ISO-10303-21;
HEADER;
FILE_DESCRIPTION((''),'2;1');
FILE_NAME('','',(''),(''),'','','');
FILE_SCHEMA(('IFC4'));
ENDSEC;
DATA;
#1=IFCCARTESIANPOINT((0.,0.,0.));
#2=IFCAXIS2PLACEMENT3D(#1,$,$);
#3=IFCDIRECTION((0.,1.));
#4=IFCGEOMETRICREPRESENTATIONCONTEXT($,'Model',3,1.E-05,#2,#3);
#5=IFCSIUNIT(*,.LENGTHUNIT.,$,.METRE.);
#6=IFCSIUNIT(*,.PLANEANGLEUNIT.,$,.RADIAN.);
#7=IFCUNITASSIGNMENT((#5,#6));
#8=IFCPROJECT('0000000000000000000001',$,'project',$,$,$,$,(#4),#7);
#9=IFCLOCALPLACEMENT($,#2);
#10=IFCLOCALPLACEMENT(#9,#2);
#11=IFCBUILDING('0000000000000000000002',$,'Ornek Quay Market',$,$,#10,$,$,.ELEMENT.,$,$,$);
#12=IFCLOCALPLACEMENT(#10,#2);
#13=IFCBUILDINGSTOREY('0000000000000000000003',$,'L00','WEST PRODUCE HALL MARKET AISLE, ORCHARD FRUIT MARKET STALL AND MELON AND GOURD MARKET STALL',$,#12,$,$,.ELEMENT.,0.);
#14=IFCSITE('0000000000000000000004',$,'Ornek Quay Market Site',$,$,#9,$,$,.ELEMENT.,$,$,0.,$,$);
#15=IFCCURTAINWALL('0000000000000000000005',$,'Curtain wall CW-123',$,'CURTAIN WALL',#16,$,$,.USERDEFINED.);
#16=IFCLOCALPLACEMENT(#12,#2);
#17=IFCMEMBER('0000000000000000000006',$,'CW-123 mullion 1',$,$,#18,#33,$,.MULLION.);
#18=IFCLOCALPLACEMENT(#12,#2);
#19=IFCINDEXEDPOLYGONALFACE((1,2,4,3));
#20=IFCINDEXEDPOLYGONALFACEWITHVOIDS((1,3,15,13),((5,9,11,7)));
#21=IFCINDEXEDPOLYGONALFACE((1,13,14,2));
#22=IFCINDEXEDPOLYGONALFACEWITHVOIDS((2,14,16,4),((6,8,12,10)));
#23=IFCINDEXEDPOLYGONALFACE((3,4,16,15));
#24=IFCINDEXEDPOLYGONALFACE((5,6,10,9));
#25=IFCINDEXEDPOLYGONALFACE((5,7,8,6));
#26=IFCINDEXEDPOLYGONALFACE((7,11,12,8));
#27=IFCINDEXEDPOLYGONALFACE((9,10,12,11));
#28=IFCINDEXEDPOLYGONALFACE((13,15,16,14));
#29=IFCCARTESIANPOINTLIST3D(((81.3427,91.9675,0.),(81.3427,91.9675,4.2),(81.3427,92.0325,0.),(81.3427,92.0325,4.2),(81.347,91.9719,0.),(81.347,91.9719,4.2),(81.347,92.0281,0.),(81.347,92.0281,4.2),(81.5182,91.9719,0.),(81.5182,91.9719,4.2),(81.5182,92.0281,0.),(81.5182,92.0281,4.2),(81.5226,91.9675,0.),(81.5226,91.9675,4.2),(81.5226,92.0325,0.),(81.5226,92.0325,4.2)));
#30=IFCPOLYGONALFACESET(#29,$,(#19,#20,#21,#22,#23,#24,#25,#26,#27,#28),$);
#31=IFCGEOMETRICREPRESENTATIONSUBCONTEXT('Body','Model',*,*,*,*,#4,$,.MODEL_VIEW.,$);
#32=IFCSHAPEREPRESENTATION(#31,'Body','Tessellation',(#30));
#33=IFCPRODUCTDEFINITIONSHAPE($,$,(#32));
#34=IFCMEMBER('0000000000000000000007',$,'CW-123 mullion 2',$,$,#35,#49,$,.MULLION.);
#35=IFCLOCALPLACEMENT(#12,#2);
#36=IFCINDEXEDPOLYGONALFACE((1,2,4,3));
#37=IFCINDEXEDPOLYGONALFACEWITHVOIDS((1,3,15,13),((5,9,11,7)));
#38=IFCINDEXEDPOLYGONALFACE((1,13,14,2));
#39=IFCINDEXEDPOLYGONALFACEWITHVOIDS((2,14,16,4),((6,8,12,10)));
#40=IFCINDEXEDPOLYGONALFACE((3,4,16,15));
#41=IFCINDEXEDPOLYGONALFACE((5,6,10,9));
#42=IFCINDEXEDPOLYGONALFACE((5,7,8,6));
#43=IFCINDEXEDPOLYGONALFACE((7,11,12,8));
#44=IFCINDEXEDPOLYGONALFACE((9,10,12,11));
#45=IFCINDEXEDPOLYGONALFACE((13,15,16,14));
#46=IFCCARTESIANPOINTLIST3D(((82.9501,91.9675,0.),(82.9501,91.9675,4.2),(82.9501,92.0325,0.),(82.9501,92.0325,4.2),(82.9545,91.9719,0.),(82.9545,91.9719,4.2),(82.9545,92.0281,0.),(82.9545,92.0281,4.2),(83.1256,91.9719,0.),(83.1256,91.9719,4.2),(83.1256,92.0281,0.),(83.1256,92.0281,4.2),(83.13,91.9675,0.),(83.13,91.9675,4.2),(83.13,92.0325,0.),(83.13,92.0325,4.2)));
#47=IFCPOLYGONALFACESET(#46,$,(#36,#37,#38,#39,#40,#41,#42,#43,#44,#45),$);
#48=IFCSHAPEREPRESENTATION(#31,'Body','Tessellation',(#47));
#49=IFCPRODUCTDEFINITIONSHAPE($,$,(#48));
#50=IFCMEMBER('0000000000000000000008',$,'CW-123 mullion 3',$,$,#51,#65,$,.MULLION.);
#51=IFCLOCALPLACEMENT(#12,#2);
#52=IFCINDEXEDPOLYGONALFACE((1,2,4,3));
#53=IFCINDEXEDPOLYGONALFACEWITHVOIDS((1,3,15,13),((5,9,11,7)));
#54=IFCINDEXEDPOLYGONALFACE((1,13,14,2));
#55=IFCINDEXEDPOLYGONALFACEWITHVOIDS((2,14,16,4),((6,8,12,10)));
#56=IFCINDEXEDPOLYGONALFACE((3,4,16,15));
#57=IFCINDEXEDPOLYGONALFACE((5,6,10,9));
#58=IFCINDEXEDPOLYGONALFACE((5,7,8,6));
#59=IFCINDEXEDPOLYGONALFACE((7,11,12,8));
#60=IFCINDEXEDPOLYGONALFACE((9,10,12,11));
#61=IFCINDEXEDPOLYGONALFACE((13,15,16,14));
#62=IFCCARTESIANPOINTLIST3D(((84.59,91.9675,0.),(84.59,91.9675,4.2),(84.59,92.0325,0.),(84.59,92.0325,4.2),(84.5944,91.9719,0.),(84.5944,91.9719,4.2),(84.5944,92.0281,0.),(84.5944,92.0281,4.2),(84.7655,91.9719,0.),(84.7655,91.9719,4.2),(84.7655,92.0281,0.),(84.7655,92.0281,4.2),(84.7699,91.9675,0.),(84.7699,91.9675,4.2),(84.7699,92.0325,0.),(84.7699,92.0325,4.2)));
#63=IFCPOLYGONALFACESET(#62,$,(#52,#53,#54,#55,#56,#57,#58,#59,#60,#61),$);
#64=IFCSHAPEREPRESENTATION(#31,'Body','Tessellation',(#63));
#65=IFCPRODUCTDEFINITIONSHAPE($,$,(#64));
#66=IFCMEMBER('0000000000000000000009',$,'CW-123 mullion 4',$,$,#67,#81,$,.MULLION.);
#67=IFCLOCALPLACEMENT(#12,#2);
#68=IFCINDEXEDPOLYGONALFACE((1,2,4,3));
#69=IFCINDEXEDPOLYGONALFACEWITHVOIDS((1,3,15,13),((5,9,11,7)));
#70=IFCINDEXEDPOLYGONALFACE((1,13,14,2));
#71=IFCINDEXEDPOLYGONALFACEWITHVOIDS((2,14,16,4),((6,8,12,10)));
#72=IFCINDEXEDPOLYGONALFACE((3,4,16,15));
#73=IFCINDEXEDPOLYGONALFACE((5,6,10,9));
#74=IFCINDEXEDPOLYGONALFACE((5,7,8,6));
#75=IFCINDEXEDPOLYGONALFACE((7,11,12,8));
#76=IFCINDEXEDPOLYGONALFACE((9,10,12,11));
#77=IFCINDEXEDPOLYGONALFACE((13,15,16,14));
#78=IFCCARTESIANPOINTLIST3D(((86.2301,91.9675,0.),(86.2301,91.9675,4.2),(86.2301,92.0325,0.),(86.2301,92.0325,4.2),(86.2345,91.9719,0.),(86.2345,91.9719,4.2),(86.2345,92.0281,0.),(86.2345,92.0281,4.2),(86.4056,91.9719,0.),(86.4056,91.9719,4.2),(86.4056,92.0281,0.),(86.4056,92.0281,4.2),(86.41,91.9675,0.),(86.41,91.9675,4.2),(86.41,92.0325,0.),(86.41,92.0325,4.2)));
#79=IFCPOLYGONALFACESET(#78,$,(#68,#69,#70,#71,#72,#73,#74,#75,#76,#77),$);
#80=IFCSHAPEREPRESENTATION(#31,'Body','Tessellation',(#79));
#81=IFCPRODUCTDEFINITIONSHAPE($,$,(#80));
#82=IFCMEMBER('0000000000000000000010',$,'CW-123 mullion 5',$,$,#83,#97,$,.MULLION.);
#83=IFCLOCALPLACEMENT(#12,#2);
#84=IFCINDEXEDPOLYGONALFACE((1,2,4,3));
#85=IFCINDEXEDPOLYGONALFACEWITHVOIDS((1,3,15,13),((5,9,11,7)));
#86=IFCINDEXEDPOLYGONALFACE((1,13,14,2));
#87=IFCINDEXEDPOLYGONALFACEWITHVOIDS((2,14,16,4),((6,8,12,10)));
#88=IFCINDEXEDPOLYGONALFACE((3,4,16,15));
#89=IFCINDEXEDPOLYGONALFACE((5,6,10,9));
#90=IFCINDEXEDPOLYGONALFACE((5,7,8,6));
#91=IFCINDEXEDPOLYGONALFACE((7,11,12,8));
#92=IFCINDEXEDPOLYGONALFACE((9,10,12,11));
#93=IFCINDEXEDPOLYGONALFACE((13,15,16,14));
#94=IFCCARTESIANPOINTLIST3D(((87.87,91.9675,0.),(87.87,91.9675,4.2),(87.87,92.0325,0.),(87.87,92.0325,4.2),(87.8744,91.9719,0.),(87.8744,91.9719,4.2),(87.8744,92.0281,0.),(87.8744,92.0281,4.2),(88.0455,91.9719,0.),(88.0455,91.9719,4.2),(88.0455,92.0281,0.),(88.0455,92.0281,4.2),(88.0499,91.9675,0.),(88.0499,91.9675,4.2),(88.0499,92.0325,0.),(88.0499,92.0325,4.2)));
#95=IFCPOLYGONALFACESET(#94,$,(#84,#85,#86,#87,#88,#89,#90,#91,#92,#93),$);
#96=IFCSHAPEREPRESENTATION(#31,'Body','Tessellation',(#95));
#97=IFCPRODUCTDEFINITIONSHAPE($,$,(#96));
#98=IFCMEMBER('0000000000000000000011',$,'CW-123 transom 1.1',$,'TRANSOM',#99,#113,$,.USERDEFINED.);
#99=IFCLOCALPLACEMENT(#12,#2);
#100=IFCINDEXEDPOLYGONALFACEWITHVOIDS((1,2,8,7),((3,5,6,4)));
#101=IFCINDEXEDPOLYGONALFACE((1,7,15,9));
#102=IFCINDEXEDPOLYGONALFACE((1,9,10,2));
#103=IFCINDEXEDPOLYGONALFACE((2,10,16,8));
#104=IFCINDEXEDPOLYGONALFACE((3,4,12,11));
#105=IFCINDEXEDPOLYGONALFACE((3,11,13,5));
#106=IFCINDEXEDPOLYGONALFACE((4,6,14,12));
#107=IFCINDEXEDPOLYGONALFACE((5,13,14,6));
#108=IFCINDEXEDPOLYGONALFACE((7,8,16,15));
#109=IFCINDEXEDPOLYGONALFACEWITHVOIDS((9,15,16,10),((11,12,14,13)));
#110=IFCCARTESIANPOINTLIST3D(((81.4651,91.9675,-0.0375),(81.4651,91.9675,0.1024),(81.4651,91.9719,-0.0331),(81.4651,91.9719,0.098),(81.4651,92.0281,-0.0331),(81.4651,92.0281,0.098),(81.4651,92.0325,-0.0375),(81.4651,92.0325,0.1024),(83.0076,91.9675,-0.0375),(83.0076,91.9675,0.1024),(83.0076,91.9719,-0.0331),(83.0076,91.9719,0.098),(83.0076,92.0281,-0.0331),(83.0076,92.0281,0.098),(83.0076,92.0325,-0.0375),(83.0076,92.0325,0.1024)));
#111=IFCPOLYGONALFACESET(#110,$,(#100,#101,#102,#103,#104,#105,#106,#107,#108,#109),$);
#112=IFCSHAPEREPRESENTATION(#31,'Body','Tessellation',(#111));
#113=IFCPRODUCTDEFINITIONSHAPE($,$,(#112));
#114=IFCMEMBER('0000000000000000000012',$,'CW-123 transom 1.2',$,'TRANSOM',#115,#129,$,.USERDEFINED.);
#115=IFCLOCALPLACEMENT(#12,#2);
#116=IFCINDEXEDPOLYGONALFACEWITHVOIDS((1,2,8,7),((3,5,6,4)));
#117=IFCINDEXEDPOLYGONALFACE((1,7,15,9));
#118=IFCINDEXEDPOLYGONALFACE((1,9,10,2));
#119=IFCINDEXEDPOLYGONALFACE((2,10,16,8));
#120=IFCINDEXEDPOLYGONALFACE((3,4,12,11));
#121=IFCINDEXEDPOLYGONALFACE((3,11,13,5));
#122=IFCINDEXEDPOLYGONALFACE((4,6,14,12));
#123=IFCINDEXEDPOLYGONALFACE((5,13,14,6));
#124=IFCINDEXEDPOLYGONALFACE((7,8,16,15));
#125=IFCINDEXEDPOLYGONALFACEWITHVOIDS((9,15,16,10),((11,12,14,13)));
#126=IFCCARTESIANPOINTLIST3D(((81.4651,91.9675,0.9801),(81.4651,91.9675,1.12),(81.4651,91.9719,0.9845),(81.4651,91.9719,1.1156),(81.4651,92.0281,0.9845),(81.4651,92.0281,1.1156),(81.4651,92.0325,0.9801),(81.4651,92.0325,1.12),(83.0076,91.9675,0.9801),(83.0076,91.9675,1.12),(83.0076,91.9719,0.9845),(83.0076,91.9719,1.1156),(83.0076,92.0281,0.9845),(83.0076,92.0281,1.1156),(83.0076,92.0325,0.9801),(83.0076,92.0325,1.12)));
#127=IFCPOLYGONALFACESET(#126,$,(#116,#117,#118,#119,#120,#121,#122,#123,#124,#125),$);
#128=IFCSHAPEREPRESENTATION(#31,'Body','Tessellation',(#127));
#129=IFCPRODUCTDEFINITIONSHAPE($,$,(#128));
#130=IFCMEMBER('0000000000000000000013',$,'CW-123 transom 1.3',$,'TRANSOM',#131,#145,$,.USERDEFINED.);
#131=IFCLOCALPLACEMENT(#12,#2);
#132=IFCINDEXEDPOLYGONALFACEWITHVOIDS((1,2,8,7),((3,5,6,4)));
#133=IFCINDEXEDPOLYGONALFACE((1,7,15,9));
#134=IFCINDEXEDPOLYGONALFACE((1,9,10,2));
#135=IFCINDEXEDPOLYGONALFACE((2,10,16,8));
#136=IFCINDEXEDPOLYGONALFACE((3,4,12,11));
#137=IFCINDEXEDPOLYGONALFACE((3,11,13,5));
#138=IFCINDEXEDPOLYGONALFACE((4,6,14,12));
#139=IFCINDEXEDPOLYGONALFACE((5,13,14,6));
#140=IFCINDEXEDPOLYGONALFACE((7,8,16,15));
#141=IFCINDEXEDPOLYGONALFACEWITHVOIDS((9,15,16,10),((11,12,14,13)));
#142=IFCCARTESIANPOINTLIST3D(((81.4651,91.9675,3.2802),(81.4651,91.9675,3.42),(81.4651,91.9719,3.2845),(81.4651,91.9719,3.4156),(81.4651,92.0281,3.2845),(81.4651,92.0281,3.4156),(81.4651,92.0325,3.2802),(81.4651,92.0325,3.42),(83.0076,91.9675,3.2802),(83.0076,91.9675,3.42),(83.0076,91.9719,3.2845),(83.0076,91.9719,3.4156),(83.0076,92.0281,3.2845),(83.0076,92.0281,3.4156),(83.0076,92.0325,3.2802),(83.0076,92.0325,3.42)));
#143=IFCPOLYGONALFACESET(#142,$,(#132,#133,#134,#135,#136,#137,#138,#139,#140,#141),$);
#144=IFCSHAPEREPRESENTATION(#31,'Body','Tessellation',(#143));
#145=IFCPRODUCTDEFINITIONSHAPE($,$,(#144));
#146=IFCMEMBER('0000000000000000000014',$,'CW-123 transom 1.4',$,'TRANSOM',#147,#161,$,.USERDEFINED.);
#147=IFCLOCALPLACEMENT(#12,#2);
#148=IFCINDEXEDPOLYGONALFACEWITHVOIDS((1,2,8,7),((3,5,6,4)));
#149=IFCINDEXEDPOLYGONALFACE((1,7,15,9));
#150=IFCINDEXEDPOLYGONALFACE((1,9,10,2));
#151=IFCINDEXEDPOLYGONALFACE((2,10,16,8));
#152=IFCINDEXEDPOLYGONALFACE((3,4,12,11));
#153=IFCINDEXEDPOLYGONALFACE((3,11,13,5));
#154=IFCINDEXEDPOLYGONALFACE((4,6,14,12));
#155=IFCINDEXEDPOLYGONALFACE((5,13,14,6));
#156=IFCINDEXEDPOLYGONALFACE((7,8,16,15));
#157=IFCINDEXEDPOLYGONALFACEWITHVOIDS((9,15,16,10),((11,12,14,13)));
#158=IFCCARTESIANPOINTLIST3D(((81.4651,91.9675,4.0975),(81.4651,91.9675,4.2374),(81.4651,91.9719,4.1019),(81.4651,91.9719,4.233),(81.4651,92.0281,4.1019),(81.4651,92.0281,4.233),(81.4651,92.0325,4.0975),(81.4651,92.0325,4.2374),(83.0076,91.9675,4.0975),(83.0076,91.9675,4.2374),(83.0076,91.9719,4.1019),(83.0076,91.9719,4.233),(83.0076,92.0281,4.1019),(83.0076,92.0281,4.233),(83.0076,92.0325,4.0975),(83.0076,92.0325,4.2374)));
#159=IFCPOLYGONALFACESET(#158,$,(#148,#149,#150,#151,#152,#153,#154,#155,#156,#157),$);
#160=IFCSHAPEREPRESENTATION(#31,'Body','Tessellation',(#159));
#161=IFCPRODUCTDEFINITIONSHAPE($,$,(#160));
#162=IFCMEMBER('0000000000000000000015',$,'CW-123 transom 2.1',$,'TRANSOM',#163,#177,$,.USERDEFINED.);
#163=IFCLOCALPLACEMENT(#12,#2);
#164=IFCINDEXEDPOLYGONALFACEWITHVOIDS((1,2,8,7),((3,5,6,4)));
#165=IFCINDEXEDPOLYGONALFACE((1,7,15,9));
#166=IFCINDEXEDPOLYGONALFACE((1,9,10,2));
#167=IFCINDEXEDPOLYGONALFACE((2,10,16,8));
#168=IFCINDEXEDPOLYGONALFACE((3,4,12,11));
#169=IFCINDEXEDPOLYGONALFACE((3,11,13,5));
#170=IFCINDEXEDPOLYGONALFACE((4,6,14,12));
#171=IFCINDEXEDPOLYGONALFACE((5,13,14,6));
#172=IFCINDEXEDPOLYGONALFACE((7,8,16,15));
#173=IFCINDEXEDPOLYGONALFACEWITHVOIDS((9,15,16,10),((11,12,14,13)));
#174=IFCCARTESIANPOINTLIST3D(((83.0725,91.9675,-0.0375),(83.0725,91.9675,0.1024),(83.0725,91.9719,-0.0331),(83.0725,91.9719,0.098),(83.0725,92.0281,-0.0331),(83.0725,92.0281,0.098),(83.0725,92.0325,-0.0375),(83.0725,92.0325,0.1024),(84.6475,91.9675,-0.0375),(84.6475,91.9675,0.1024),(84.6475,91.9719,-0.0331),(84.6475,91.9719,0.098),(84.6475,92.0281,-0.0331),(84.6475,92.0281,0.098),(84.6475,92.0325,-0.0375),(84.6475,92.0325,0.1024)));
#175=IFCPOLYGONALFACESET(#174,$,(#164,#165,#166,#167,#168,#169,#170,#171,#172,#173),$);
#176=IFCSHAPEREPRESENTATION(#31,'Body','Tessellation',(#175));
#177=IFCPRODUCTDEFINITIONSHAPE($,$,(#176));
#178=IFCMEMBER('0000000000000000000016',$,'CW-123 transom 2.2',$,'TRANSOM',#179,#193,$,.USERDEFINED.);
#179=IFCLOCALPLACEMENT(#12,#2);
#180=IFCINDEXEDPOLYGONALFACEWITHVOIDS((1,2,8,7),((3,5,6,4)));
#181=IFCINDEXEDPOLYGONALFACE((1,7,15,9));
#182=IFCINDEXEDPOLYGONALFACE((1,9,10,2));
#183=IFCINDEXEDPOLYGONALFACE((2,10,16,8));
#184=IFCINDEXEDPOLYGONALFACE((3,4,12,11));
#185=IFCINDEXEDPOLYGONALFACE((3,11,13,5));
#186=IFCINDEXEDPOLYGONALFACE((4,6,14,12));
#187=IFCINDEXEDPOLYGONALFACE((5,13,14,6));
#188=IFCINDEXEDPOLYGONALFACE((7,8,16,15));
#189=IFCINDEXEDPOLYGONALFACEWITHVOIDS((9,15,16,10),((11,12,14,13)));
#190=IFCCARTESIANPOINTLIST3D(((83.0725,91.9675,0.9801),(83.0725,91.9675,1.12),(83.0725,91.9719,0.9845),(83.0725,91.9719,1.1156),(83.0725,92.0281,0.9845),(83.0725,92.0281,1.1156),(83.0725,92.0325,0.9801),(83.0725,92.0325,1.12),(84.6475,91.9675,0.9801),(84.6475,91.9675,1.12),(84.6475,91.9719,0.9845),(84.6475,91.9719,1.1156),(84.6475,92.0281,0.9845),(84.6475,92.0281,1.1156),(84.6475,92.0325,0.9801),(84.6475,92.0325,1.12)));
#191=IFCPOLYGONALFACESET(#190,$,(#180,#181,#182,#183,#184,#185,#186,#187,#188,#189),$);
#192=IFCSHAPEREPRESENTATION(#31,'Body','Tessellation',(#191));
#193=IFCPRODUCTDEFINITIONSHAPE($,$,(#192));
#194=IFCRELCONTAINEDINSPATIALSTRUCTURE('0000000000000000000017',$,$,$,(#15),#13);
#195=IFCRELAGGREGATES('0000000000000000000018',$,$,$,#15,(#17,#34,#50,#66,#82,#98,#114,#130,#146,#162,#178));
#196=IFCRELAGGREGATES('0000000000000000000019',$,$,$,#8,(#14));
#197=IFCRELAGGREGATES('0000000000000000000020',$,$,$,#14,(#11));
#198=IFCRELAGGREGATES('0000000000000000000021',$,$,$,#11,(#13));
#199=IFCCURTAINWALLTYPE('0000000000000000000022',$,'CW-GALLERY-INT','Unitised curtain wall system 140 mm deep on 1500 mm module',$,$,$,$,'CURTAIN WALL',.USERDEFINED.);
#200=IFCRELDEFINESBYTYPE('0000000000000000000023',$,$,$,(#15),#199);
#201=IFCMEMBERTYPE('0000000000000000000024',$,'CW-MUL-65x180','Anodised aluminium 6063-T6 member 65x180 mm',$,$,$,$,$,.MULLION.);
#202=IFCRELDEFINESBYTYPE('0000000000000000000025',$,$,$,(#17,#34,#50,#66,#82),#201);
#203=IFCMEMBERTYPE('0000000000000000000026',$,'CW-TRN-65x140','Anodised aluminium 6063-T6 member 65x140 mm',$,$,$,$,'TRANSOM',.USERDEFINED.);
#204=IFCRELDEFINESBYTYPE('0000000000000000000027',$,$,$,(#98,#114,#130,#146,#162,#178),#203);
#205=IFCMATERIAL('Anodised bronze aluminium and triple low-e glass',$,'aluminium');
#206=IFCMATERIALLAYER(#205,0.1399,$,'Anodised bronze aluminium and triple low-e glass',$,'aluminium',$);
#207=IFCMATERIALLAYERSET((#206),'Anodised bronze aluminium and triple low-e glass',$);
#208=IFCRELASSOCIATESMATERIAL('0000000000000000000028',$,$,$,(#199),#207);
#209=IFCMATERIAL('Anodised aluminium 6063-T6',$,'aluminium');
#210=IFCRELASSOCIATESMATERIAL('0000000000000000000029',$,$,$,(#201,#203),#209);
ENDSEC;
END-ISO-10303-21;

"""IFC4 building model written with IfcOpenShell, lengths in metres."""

from ifc_helpers import new_model, si_unit, direction, frame, origin, origin_2d, place, context, subcontext, project, spatial, hollow_rectangle, extrude, material, layer, layer_set, material_profile, profile_set, type_object, element, aggregate, save


model = new_model("IFC4")

# Units and contexts
model_context = context("Model", 3, precision=1e-05, world=origin(), true_north=direction((0.0, 1.0)))
body_context = subcontext(model_context, "Body", "Model", "MODEL_VIEW")
ifc_project = project(units=[si_unit("LENGTHUNIT", "METRE"), si_unit("PLANEANGLEUNIT", "RADIAN")], contexts=[model_context])

# Site, building, storey
site_placement = place(None, origin())
site = spatial("IfcSite", under=ifc_project, at=site_placement, Name="Ornek Quay Market Site", CompositionType="ELEMENT", RefElevation=0.0)
building_placement = place(site_placement, origin())
building = spatial("IfcBuilding", under=site, at=building_placement, Name="Ornek Quay Market", CompositionType="ELEMENT")
storey_placement = place(building_placement, origin())
storey = spatial("IfcBuildingStorey", under=building, at=storey_placement, Name="L00", Description="WEST PRODUCE HALL MARKET AISLE, ORCHARD FRUIT MARKET STALL AND MELON AND GOURD MARKET STALL", CompositionType="ELEMENT", Elevation=0.0)

# Curtain wall, members
ifc_material_1 = material(Name="Anodised bronze aluminium and triple low-e glass", Category="aluminium")
ifc_layer_1 = layer(ifc_material_1, 0.1399, Name="Anodised bronze aluminium and triple low-e glass", Category="aluminium")
ifc_layer_set_1 = layer_set([ifc_layer_1], Name="Anodised bronze aluminium and triple low-e glass")
curtain_wall_type = type_object("IfcCurtainWallType", Name="CW-GALLERY-INT", Description="Unitised curtain wall system 140 mm deep on 1500 mm module", ElementType="CURTAIN WALL", PredefinedType="USERDEFINED", material=ifc_layer_set_1)
curtain_wall_placement = place(storey_placement, origin())
curtain_wall = element("IfcCurtainWall", 1, at=curtain_wall_placement, inside=storey, type_object=curtain_wall_type, Name="Curtain wall CW-123", ObjectType="CURTAIN WALL", PredefinedType="USERDEFINED")
ifc_material_2 = material(Name="Anodised aluminium 6063-T6", Category="aluminium")
ifc_material_profile_1 = material_profile(ifc_material_2, hollow_rectangle(XDim=0.0649, YDim=0.1799, WallThickness=0.0044, at=origin_2d()), Name="CW-MUL-65x180", Category="aluminium")
ifc_profile_set_1 = profile_set([ifc_material_profile_1], Name="Anodised aluminium 6063-T6")
member_type_1 = type_object("IfcMemberType", Name="CW-MUL-65x180", Description="Anodised aluminium 6063-T6 member 65x180 mm", PredefinedType="MULLION", material=ifc_profile_set_1)
member_1_placement = place(storey_placement, frame((81.4326, 92.0, 0.0), z_axis=(0.0, 0.0, 1.0), x_axis=(0.0, 1.0, 0.0)))
member_1 = element("IfcMember", 2, at=member_1_placement, type_object=member_type_1, Name="CW-123 mullion 1", PredefinedType="MULLION", context=body_context, shape_type="SweptSolid", body=[
    extrude(hollow_rectangle(XDim=0.0649, YDim=0.1799, WallThickness=0.0044, at=origin_2d()), origin(), (0.0, 0.0, 1.0), 4.2),
])
member_2_placement = place(storey_placement, frame((83.04, 92.0, 0.0), z_axis=(0.0, 0.0, 1.0), x_axis=(0.0, 1.0, 0.0)))
member_2 = element("IfcMember", 3, at=member_2_placement, type_object=member_type_1, Name="CW-123 mullion 2", PredefinedType="MULLION", context=body_context, shape_type="SweptSolid", body=[
    extrude(hollow_rectangle(XDim=0.0649, YDim=0.1799, WallThickness=0.0044, at=origin_2d()), origin(), (0.0, 0.0, 1.0), 4.2),
])
member_3_placement = place(storey_placement, frame((84.6799, 92.0, 0.0), z_axis=(0.0, 0.0, 1.0), x_axis=(0.0, 1.0, 0.0)))
member_3 = element("IfcMember", 4, at=member_3_placement, type_object=member_type_1, Name="CW-123 mullion 3", PredefinedType="MULLION", context=body_context, shape_type="SweptSolid", body=[
    extrude(hollow_rectangle(XDim=0.0649, YDim=0.1799, WallThickness=0.0044, at=origin_2d()), origin(), (0.0, 0.0, 1.0), 4.2),
])
member_4_placement = place(storey_placement, frame((86.3201, 92.0, 0.0), z_axis=(0.0, 0.0, 1.0), x_axis=(0.0, 1.0, 0.0)))
member_4 = element("IfcMember", 5, at=member_4_placement, type_object=member_type_1, Name="CW-123 mullion 4", PredefinedType="MULLION", context=body_context, shape_type="SweptSolid", body=[
    extrude(hollow_rectangle(XDim=0.0649, YDim=0.1799, WallThickness=0.0044, at=origin_2d()), origin(), (0.0, 0.0, 1.0), 4.2),
])
member_5_placement = place(storey_placement, frame((87.96, 92.0, 0.0), z_axis=(0.0, 0.0, 1.0), x_axis=(0.0, 1.0, 0.0)))
member_5 = element("IfcMember", 6, at=member_5_placement, type_object=member_type_1, Name="CW-123 mullion 5", PredefinedType="MULLION", context=body_context, shape_type="SweptSolid", body=[
    extrude(hollow_rectangle(XDim=0.0649, YDim=0.1799, WallThickness=0.0044, at=origin_2d()), origin(), (0.0, 0.0, 1.0), 4.2),
])
ifc_material_profile_2 = material_profile(ifc_material_2, hollow_rectangle(XDim=0.0649, YDim=0.1399, WallThickness=0.0044, at=origin_2d()), Name="CW-TRN-65x140", Category="aluminium")
ifc_profile_set_2 = profile_set([ifc_material_profile_2], Name="Anodised aluminium 6063-T6")
member_type_2 = type_object("IfcMemberType", Name="CW-TRN-65x140", Description="Anodised aluminium 6063-T6 member 65x140 mm", ElementType="TRANSOM", PredefinedType="USERDEFINED", material=ifc_profile_set_2)
member_6_placement = place(storey_placement, frame((81.4651, 92.0, 0.0325), z_axis=(1.0, 0.0, 0.0), x_axis=(0.0, 1.0, 0.0)))
member_6 = element("IfcMember", 7, at=member_6_placement, type_object=member_type_2, Name="CW-123 transom 1.1", ObjectType="TRANSOM", PredefinedType="USERDEFINED", context=body_context, shape_type="SweptSolid", body=[
    extrude(hollow_rectangle(XDim=0.0649, YDim=0.1399, WallThickness=0.0044, at=origin_2d()), origin(), (0.0, 0.0, 1.0), 1.5425),
])
member_7_placement = place(storey_placement, frame((81.4651, 92.0, 1.05), z_axis=(1.0, 0.0, 0.0), x_axis=(0.0, 1.0, 0.0)))
member_7 = element("IfcMember", 8, at=member_7_placement, type_object=member_type_2, Name="CW-123 transom 1.2", ObjectType="TRANSOM", PredefinedType="USERDEFINED", context=body_context, shape_type="SweptSolid", body=[
    extrude(hollow_rectangle(XDim=0.0649, YDim=0.1399, WallThickness=0.0044, at=origin_2d()), origin(), (0.0, 0.0, 1.0), 1.5425),
])
member_8_placement = place(storey_placement, frame((81.4651, 92.0, 3.3501), z_axis=(1.0, 0.0, 0.0), x_axis=(0.0, 1.0, 0.0)))
member_8 = element("IfcMember", 9, at=member_8_placement, type_object=member_type_2, Name="CW-123 transom 1.3", ObjectType="TRANSOM", PredefinedType="USERDEFINED", context=body_context, shape_type="SweptSolid", body=[
    extrude(hollow_rectangle(XDim=0.0649, YDim=0.1399, WallThickness=0.0044, at=origin_2d()), origin(), (0.0, 0.0, 1.0), 1.5425),
])
member_9_placement = place(storey_placement, frame((81.4651, 92.0, 4.1675), z_axis=(1.0, 0.0, 0.0), x_axis=(0.0, 1.0, 0.0)))
member_9 = element("IfcMember", 10, at=member_9_placement, type_object=member_type_2, Name="CW-123 transom 1.4", ObjectType="TRANSOM", PredefinedType="USERDEFINED", context=body_context, shape_type="SweptSolid", body=[
    extrude(hollow_rectangle(XDim=0.0649, YDim=0.1399, WallThickness=0.0044, at=origin_2d()), origin(), (0.0, 0.0, 1.0), 1.5425),
])
member_10_placement = place(storey_placement, frame((83.0725, 92.0, 0.0325), z_axis=(1.0, 0.0, 0.0), x_axis=(0.0, 1.0, 0.0)))
member_10 = element("IfcMember", 11, at=member_10_placement, type_object=member_type_2, Name="CW-123 transom 2.1", ObjectType="TRANSOM", PredefinedType="USERDEFINED", context=body_context, shape_type="SweptSolid", body=[
    extrude(hollow_rectangle(XDim=0.0649, YDim=0.1399, WallThickness=0.0044, at=origin_2d()), origin(), (0.0, 0.0, 1.0), 1.575),
])
member_11_placement = place(storey_placement, frame((83.0725, 92.0, 1.05), z_axis=(1.0, 0.0, 0.0), x_axis=(0.0, 1.0, 0.0)))
member_11 = element("IfcMember", 12, at=member_11_placement, type_object=member_type_2, Name="CW-123 transom 2.2", ObjectType="TRANSOM", PredefinedType="USERDEFINED", context=body_context, shape_type="SweptSolid", body=[
    extrude(hollow_rectangle(XDim=0.0649, YDim=0.1399, WallThickness=0.0044, at=origin_2d()), origin(), (0.0, 0.0, 1.0), 1.575),
])
aggregate(curtain_wall, [member_1, member_2, member_3, member_4, member_5, member_6, member_7, member_8, member_9, member_10, member_11])

save(model, "model.ifc")
